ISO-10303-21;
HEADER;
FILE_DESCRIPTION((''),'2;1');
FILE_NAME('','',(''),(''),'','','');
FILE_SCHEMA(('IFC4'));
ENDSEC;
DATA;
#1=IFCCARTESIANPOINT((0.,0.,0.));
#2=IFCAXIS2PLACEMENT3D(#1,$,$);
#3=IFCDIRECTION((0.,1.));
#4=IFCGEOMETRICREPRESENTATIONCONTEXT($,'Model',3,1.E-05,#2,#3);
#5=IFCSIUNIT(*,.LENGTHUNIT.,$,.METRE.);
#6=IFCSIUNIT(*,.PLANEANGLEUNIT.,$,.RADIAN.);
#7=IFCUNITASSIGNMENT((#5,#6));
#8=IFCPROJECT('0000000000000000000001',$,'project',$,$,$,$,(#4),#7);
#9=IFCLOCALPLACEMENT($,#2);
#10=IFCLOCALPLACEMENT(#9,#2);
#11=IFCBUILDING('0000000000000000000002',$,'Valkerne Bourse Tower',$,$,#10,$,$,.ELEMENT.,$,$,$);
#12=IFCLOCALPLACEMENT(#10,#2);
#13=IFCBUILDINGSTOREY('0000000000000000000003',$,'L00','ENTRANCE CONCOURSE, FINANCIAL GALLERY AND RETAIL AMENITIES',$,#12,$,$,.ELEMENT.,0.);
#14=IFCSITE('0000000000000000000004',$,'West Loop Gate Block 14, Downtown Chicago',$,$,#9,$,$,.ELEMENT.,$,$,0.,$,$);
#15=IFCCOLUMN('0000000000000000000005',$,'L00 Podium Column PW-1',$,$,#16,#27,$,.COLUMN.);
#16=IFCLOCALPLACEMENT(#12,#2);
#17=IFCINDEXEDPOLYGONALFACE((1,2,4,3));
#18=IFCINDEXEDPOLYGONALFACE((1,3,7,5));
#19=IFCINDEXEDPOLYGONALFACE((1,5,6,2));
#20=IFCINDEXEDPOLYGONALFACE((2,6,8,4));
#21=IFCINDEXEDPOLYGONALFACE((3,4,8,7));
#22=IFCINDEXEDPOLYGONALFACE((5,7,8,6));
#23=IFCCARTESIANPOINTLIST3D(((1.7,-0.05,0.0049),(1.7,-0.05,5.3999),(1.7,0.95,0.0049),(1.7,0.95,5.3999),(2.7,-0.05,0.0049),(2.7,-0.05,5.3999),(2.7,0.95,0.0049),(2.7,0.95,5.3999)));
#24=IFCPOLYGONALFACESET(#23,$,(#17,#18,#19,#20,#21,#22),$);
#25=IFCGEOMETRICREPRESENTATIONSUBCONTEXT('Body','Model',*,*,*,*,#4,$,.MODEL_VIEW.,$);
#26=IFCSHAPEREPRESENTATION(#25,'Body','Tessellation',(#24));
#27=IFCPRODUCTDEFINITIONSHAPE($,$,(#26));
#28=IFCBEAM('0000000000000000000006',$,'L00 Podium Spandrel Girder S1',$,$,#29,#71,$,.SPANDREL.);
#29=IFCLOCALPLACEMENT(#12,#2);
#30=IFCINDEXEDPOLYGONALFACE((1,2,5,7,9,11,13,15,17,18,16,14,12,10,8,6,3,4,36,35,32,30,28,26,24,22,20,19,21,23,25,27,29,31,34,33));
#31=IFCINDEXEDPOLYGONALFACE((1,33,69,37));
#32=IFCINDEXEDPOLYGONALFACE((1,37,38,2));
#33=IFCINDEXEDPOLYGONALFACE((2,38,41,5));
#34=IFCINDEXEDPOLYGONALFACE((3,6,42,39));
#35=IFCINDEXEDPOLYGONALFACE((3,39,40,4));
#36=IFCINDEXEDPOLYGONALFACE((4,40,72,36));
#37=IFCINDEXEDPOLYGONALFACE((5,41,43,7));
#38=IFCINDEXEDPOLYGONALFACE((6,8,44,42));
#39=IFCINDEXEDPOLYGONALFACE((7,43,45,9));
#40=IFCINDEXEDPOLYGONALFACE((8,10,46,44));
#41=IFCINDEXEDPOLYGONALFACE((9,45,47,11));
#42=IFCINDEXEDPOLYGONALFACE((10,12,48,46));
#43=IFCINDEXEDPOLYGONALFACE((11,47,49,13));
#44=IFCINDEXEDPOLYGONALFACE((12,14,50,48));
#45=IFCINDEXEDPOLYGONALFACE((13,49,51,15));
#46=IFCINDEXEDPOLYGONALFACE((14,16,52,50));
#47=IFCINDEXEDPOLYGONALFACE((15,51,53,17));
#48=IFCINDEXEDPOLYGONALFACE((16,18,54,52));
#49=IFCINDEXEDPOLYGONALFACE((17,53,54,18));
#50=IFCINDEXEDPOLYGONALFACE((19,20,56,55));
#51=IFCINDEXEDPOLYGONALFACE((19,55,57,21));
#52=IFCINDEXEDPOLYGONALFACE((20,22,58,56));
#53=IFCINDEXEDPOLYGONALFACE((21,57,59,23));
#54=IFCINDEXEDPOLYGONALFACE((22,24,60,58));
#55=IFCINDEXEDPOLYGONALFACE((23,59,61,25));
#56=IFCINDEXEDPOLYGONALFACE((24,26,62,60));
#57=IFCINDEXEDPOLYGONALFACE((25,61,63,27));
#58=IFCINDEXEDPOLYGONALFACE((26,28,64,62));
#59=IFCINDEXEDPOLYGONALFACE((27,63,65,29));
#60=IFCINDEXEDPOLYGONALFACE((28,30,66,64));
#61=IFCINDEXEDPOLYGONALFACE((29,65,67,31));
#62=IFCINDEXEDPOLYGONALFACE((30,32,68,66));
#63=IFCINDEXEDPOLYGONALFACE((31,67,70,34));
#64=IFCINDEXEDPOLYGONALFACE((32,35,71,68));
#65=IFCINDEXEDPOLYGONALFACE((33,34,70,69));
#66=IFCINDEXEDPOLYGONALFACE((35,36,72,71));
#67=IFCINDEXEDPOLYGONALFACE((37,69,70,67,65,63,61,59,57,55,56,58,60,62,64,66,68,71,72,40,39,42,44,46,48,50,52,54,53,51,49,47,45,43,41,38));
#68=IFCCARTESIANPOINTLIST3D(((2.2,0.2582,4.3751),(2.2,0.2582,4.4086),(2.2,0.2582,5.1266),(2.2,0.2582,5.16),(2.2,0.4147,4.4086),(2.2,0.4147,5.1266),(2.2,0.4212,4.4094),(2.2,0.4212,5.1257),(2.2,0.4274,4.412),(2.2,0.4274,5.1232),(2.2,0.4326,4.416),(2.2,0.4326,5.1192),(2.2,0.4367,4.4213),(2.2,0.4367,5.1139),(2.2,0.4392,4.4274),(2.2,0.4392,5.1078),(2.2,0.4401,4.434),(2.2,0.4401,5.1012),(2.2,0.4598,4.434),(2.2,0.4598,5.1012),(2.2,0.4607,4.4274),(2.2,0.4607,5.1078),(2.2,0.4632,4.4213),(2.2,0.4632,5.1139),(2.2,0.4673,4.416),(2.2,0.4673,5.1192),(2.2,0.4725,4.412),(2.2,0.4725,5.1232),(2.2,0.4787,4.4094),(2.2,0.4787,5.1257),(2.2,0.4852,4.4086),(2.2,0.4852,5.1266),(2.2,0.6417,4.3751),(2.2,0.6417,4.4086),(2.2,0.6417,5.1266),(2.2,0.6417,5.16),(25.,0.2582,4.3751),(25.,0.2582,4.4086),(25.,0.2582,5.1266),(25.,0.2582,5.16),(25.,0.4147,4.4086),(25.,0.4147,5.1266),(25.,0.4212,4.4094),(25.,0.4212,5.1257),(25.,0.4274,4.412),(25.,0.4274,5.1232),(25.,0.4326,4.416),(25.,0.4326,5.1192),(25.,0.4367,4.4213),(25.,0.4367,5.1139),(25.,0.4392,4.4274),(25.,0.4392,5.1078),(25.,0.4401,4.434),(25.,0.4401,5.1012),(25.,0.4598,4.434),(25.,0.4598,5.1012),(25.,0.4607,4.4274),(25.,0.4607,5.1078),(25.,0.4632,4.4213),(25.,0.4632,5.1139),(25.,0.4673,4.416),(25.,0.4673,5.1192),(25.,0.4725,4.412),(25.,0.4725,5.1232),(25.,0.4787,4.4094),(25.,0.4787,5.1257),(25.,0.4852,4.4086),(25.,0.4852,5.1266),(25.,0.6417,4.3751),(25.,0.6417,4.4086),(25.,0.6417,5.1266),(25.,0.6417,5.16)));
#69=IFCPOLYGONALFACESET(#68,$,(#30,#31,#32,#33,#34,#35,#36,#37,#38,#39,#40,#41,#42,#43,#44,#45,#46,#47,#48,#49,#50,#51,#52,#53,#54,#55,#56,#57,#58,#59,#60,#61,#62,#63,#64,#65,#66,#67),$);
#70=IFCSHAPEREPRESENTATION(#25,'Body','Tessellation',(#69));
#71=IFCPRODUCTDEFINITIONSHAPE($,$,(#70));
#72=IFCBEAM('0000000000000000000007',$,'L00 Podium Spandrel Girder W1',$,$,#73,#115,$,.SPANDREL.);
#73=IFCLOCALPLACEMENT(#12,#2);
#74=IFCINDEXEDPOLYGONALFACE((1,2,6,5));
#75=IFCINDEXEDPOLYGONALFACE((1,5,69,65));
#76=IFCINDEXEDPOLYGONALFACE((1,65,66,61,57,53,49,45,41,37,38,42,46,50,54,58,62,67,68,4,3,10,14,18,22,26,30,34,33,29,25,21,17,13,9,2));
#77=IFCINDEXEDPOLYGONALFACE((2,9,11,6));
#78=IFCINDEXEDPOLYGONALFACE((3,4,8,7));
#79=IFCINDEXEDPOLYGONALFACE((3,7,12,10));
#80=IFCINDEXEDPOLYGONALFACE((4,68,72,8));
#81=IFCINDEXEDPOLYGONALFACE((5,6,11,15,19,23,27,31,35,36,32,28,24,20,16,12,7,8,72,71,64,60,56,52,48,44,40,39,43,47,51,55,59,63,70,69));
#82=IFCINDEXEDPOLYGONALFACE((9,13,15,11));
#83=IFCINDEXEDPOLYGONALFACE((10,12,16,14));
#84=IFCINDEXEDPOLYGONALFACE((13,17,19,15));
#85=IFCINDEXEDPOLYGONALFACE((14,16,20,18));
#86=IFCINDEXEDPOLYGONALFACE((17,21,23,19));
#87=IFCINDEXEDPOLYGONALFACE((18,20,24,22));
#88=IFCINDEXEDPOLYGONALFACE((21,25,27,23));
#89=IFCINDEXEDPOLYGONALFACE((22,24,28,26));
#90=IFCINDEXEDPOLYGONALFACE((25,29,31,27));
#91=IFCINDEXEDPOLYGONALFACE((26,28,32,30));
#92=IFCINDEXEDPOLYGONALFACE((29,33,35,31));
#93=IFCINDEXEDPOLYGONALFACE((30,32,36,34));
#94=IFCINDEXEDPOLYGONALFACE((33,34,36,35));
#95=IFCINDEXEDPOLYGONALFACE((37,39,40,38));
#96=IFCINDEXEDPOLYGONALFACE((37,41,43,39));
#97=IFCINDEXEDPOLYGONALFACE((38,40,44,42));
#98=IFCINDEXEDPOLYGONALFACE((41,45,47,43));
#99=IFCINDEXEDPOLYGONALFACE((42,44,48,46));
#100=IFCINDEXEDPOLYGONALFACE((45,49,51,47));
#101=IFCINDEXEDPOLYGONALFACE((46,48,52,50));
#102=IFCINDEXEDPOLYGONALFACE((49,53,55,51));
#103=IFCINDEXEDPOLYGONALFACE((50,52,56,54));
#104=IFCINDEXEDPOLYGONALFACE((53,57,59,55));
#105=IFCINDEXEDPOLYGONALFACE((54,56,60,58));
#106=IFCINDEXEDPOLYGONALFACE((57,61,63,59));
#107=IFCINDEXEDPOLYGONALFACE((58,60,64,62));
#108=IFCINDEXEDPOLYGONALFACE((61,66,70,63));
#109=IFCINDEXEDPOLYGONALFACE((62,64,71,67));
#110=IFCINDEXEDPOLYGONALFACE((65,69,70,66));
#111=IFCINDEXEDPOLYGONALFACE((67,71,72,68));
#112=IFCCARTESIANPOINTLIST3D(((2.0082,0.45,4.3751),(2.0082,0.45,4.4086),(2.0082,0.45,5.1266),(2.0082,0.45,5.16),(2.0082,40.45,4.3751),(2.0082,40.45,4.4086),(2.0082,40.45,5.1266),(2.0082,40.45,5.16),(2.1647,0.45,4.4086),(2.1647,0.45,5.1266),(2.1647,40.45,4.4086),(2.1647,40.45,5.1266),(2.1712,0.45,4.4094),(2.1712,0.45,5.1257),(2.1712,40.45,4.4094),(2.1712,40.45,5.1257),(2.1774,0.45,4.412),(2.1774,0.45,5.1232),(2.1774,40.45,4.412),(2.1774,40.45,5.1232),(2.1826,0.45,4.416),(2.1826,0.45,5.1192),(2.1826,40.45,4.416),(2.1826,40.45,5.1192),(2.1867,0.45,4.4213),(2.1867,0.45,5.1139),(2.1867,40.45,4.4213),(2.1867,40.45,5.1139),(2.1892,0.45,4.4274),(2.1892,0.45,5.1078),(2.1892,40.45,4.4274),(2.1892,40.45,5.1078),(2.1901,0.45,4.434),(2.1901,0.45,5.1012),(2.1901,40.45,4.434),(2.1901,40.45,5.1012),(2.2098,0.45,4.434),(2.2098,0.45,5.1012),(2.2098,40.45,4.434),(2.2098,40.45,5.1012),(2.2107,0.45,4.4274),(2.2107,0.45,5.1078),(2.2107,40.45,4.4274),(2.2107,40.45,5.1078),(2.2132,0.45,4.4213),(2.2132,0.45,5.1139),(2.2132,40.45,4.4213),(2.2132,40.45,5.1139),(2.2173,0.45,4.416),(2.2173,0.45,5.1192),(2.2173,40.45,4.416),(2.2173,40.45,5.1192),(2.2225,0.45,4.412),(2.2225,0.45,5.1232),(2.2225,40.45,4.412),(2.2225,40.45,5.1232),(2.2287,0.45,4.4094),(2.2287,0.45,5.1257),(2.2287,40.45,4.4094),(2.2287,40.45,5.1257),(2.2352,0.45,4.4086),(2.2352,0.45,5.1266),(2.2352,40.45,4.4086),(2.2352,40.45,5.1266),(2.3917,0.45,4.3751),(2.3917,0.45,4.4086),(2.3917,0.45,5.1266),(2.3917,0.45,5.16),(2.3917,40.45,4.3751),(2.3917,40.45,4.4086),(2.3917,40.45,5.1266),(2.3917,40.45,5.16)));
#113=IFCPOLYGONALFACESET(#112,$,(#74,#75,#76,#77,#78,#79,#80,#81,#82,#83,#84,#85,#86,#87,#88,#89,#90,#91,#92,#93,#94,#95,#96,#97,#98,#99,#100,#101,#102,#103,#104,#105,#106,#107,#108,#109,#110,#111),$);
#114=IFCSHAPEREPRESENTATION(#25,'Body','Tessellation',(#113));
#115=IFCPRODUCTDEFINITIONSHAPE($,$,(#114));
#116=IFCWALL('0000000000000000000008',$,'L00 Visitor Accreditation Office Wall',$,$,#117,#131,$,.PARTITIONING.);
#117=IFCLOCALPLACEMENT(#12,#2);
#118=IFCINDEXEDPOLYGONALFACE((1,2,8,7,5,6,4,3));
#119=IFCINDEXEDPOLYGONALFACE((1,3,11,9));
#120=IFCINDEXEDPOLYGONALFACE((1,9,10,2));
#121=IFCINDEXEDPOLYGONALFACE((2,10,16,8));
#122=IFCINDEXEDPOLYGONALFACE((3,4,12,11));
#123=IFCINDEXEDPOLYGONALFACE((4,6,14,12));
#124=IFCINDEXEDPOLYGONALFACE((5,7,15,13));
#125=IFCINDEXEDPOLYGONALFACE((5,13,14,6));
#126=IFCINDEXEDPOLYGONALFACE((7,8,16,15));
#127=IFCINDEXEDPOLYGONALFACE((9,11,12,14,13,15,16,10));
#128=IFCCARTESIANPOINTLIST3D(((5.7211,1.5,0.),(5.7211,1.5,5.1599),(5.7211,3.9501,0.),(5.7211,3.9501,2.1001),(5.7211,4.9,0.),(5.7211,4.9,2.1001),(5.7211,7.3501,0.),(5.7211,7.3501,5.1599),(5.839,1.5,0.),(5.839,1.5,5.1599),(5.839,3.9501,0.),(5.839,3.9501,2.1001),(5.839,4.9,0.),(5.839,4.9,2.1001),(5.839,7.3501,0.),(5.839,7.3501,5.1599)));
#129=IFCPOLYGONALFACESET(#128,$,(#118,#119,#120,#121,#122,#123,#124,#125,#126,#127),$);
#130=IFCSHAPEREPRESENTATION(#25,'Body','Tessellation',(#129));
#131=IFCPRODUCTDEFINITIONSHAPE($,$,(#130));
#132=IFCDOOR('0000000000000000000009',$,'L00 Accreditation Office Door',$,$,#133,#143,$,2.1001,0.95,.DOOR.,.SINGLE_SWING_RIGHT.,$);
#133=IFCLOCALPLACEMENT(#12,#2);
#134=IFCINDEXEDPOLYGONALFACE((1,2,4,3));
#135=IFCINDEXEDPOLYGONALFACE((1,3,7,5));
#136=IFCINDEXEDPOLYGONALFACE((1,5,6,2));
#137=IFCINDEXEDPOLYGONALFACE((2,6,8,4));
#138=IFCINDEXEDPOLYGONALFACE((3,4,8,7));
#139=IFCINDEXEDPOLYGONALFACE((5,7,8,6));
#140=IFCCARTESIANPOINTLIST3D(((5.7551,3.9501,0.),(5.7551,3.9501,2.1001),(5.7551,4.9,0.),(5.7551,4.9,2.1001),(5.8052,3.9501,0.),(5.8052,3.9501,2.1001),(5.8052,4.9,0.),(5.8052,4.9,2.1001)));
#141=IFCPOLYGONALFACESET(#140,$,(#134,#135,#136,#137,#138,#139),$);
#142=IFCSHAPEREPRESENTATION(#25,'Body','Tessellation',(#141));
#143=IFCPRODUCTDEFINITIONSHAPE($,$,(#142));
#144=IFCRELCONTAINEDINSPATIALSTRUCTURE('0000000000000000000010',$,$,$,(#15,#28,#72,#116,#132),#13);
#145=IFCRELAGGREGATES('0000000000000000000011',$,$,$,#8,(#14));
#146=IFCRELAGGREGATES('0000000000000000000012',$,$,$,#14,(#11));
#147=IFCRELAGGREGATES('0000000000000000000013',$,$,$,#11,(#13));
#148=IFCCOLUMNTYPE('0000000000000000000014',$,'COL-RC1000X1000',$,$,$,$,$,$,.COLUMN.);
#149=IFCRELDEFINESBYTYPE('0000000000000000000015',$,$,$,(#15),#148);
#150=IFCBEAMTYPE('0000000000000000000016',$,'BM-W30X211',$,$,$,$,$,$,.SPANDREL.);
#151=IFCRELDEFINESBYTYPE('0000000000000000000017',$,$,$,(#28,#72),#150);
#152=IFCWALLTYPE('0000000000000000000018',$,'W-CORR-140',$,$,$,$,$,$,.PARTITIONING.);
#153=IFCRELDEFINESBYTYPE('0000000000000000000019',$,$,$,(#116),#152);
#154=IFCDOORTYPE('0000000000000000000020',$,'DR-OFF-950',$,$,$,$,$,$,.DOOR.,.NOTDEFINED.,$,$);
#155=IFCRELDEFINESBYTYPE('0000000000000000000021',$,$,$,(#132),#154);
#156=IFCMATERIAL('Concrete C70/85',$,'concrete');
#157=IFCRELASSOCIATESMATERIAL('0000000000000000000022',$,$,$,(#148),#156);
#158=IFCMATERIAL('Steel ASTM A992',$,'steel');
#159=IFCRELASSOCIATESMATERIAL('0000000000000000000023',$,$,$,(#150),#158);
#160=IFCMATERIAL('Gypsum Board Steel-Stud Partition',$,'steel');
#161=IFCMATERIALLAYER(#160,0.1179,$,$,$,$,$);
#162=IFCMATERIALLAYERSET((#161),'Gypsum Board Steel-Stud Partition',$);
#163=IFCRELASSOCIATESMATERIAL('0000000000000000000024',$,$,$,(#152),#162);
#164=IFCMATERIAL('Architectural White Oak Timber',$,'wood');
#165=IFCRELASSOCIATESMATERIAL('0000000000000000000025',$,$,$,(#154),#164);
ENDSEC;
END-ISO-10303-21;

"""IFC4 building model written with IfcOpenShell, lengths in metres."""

from ifc_helpers import new_model, si_unit, direction, frame, frame_2d, origin, origin_2d, place, context, subcontext, project, spatial, rectangle, i_section, extrude, material, layer, layer_set, material_profile, profile_set, type_object, element, fill, save


model = new_model("IFC4")

# Units and contexts
model_context = context("Model", 3, precision=1e-05, world=origin(), true_north=direction((0.0, 1.0)))
body_context = subcontext(model_context, "Body", "Model", "MODEL_VIEW")
ifc_project = project(units=[si_unit("LENGTHUNIT", "METRE"), si_unit("PLANEANGLEUNIT", "RADIAN")], contexts=[model_context])

# Site, building, storey
site_placement = place(None, origin())
site = spatial("IfcSite", under=ifc_project, at=site_placement, Name="West Loop Gate Block 14, Downtown Chicago", CompositionType="ELEMENT", RefElevation=0.0)
building_placement = place(site_placement, origin())
building = spatial("IfcBuilding", under=site, at=building_placement, Name="Valkerne Bourse Tower", CompositionType="ELEMENT")
storey_placement = place(building_placement, origin())
storey = spatial("IfcBuildingStorey", under=building, at=storey_placement, Name="L00", Description="ENTRANCE CONCOURSE, FINANCIAL GALLERY AND RETAIL AMENITIES", CompositionType="ELEMENT", Elevation=0.0)

# Column
ifc_material_1 = material(Name="Concrete C70/85", Category="concrete")
ifc_material_profile_1 = material_profile(ifc_material_1, rectangle(XDim=1.0, YDim=1.0, at=origin_2d()), Name="RC1000X1000")
ifc_profile_set_1 = profile_set([ifc_material_profile_1], Name="Concrete C70/85")
column_type = type_object("IfcColumnType", Name="COL-RC1000X1000", PredefinedType="COLUMN", material=ifc_profile_set_1)
column_placement = place(storey_placement, frame((2.2, 0.45, 0.0049), z_axis=(0.0, 0.0, 1.0), x_axis=(1.0, 0.0, 0.0)))
element("IfcColumn", 1, at=column_placement, inside=storey, type_object=column_type, Name="L00 Podium Column PW-1", PredefinedType="COLUMN", context=body_context, shape_type="SweptSolid", body=[
    extrude(rectangle(XDim=1.0, YDim=1.0, at=origin_2d()), origin(), (0.0, 0.0, 1.0), 5.395),
])

# Beams
ifc_material_2 = material(Name="Steel ASTM A992", Category="steel")
ifc_material_profile_2 = material_profile(ifc_material_2, i_section(OverallWidth=0.3835, OverallDepth=0.7849, WebThickness=0.0198, FlangeThickness=0.0334, FilletRadius=0.0254, at=origin_2d()), Name="W30X211")
ifc_profile_set_2 = profile_set([ifc_material_profile_2], Name="Steel ASTM A992")
beam_type = type_object("IfcBeamType", Name="BM-W30X211", PredefinedType="SPANDREL", material=ifc_profile_set_2)
beam_1_placement = place(storey_placement, frame((2.2, 0.45, 4.7676), z_axis=(1.0, 0.0, 0.0), x_axis=(0.0, 1.0, 0.0)))
element("IfcBeam", 2, at=beam_1_placement, inside=storey, type_object=beam_type, Name="L00 Podium Spandrel Girder S1", PredefinedType="SPANDREL", context=body_context, shape_type="SweptSolid", body=[
    extrude(i_section(OverallWidth=0.3835, OverallDepth=0.7849, WebThickness=0.0198, FlangeThickness=0.0334, FilletRadius=0.0254, at=origin_2d()), origin(), (0.0, 0.0, 1.0), 22.8),
])
beam_2_placement = place(storey_placement, frame((2.2, 0.45, 4.7676), z_axis=(0.0, 1.0, 0.0), x_axis=(-1.0, 0.0, 0.0)))
element("IfcBeam", 3, at=beam_2_placement, inside=storey, type_object=beam_type, Name="L00 Podium Spandrel Girder W1", PredefinedType="SPANDREL", context=body_context, shape_type="SweptSolid", body=[
    extrude(i_section(OverallWidth=0.3835, OverallDepth=0.7849, WebThickness=0.0198, FlangeThickness=0.0334, FilletRadius=0.0254, at=origin_2d()), origin(), (0.0, 0.0, 1.0), 40.0),
])

# Wall, opening, door
ifc_material_3 = material(Name="Gypsum Board Steel-Stud Partition", Category="steel")
ifc_layer_1 = layer(ifc_material_3, 0.1179)
ifc_layer_set_1 = layer_set([ifc_layer_1], Name="Gypsum Board Steel-Stud Partition")
wall_type_1 = type_object("IfcWallType", Name="W-CORR-140", PredefinedType="PARTITIONING", material=ifc_layer_set_1)
wall_1_placement = place(storey_placement, frame((5.78, 1.5, 0.0), z_axis=(0.0, 0.0, 1.0), x_axis=(0.0, 1.0, 0.0)))
wall_1 = element("IfcWall", 4, at=wall_1_placement, inside=storey, type_object=wall_type_1, Name="L00 Visitor Accreditation Office Wall", PredefinedType="PARTITIONING", context=body_context, shape_type="SweptSolid", body=[
    extrude(rectangle(XDim=5.8501, YDim=0.1179, at=frame_2d((2.925, 0.0))), origin(), (0.0, 0.0, 1.0), 5.1599),
])
opening_1_placement = place(wall_1_placement, frame((2.45, 0.0, 0.0)))
opening_1 = element("IfcOpeningElement", 5, at=opening_1_placement, cuts=wall_1, PredefinedType="OPENING", context=body_context, shape_type="SweptSolid", body=[
    extrude(rectangle(XDim=0.95, YDim=2.1001, at=frame_2d((0.4751, 1.05))), frame((0.0, 0.0688, 0.0), z_axis=(0.0, -1.0, 0.0), x_axis=(1.0, 0.0, 0.0)), (0.0, 0.0, 1.0), 0.1379),
])
ifc_material_4 = material(Name="Architectural White Oak Timber", Category="wood")
door_type_1 = type_object("IfcDoorType", Name="DR-OFF-950", OperationType="NOTDEFINED", PredefinedType="DOOR", material=ifc_material_4)
door_1_placement = place(opening_1_placement, origin())
door_1 = element("IfcDoor", 6, at=door_1_placement, inside=storey, type_object=door_type_1, Name="L00 Accreditation Office Door", OperationType="SINGLE_SWING_RIGHT", OverallHeight=2.1001, OverallWidth=0.95, PredefinedType="DOOR", context=body_context, shape_type="SweptSolid", body=[
    extrude(rectangle(XDim=0.95, YDim=2.1001, at=frame_2d((0.4751, 1.05))), frame((0.0, 0.0249, 0.0), z_axis=(0.0, -1.0, 0.0), x_axis=(1.0, 0.0, 0.0)), (0.0, 0.0, 1.0), 0.05),
])
fill(opening_1, door_1)

save(model, "model.ifc")
